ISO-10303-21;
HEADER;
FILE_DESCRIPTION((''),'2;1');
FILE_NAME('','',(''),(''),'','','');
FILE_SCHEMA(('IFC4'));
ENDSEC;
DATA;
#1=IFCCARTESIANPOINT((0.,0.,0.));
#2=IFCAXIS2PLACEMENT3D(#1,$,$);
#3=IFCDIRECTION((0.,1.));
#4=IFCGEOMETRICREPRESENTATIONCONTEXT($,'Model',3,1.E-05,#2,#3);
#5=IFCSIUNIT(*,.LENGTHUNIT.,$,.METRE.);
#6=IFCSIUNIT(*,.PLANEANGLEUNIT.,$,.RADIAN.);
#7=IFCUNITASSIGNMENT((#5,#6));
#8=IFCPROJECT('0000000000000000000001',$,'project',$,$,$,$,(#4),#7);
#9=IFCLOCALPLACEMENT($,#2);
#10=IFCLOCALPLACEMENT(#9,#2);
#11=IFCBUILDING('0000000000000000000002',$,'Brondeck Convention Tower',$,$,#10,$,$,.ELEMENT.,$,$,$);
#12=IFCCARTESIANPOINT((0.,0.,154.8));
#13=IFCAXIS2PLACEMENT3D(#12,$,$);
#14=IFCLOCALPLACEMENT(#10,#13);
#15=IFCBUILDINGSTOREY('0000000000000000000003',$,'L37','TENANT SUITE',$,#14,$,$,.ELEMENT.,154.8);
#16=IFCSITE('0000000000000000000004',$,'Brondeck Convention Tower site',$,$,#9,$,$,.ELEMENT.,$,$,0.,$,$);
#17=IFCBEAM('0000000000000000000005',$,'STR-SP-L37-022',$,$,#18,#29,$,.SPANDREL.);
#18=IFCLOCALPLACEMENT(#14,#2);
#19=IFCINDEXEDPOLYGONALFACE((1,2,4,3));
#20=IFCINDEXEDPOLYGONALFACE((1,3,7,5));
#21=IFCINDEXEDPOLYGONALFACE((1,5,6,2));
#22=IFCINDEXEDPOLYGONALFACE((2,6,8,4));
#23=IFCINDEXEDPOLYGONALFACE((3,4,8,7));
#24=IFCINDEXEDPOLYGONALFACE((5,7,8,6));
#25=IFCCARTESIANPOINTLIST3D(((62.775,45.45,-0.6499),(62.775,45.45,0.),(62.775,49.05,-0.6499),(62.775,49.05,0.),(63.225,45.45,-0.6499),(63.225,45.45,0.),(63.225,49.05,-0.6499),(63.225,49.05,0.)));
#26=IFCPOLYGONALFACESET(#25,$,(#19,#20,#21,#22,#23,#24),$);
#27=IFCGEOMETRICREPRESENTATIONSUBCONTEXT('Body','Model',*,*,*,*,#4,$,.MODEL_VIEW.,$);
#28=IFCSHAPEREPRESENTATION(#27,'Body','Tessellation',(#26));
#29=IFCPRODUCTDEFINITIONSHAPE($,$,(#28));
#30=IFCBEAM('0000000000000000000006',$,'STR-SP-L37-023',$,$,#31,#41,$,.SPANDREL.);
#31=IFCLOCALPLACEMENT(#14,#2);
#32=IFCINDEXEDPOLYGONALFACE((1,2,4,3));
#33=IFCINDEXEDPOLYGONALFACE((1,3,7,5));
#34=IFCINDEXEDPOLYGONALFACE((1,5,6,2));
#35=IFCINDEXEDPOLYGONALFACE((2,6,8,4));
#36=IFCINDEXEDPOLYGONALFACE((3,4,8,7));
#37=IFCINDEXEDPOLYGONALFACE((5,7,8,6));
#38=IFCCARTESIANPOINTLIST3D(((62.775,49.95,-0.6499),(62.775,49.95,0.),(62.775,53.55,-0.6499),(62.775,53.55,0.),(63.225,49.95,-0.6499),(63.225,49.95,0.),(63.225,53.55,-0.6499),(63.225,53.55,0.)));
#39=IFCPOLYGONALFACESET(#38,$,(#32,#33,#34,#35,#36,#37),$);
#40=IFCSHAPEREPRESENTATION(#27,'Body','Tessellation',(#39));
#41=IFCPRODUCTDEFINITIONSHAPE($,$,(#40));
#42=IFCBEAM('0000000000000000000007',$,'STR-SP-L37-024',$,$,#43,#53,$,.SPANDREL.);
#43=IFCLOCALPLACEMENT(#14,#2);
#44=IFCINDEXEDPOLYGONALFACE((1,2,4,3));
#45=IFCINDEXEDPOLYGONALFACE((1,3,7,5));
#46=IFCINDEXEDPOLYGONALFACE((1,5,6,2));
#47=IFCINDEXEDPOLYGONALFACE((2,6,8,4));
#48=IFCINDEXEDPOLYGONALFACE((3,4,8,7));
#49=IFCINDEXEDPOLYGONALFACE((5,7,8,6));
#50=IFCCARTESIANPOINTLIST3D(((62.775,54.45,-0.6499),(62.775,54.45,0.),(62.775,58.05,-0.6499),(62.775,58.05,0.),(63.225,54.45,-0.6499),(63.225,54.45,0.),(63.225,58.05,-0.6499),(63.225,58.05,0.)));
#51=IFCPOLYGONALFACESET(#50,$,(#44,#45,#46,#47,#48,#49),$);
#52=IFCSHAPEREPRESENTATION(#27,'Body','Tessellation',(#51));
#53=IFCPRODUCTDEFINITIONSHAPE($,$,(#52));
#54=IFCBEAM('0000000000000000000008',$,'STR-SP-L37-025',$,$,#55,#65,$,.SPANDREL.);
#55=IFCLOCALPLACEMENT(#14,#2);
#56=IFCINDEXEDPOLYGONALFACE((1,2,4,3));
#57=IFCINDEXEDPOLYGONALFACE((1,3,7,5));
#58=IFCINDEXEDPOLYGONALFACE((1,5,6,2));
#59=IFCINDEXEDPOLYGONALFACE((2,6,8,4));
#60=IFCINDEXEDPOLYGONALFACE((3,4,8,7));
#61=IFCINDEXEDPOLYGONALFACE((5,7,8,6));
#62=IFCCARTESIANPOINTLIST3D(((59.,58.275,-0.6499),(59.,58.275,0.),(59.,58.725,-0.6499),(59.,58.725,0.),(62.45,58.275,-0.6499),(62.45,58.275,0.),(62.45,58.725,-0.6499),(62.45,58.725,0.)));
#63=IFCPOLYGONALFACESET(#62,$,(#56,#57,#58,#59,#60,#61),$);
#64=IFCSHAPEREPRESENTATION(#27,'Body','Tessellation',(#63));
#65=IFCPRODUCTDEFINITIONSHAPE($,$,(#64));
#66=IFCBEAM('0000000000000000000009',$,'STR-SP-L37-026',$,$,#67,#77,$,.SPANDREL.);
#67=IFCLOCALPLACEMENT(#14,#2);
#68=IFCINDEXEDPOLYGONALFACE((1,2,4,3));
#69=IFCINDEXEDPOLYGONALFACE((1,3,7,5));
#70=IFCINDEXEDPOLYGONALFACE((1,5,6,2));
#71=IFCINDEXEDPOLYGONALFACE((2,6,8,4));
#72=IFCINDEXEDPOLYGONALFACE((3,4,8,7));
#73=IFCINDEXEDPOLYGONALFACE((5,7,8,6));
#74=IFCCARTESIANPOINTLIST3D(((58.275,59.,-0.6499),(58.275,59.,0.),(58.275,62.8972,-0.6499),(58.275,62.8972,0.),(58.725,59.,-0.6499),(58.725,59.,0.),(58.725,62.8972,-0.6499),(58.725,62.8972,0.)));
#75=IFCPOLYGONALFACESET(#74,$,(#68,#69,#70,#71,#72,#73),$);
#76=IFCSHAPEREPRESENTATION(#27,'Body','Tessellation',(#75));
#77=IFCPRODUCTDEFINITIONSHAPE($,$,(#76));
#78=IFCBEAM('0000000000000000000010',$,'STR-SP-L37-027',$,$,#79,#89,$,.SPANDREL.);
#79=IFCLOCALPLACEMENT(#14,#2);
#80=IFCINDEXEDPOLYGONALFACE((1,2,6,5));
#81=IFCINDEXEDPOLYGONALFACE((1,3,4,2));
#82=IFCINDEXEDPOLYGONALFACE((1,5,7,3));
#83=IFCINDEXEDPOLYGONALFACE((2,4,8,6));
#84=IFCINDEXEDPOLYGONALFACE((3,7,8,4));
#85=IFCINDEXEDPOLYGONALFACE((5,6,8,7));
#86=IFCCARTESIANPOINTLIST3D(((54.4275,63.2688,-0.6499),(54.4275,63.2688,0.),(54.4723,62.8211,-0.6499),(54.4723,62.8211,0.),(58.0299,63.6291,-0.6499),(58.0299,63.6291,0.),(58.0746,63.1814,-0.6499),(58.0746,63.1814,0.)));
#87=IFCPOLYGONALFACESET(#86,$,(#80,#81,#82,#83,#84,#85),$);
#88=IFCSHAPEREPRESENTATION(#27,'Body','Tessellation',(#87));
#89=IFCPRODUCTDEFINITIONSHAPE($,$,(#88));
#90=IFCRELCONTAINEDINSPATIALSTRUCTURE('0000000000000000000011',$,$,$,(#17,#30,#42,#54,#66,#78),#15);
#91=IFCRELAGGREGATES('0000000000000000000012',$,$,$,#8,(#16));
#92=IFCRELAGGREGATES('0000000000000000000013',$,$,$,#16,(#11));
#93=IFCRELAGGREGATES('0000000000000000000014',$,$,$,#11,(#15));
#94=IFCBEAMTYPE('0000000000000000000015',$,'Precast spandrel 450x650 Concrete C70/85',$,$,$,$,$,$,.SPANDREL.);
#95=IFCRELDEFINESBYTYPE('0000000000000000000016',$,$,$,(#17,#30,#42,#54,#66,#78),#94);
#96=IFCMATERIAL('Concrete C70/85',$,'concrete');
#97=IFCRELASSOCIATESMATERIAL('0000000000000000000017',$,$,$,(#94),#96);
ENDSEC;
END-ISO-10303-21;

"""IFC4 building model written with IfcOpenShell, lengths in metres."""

from ifc_helpers import new_model, si_unit, direction, frame, origin, origin_2d, place, context, subcontext, project, spatial, rectangle, extrude, material, material_profile, profile_set, type_object, element, save


model = new_model("IFC4")

# Units and contexts
model_context = context("Model", 3, precision=1e-05, world=origin(), true_north=direction((0.0, 1.0)))
body_context = subcontext(model_context, "Body", "Model", "MODEL_VIEW")
ifc_project = project(units=[si_unit("LENGTHUNIT", "METRE"), si_unit("PLANEANGLEUNIT", "RADIAN")], contexts=[model_context])

# Site, building, storey
site_placement = place(None, origin())
site = spatial("IfcSite", under=ifc_project, at=site_placement, Name="Brondeck Convention Tower site", CompositionType="ELEMENT", RefElevation=0.0)
building_placement = place(site_placement, origin())
building = spatial("IfcBuilding", under=site, at=building_placement, Name="Brondeck Convention Tower", CompositionType="ELEMENT")
storey_placement = place(building_placement, frame((0.0, 0.0, 154.8)))
storey = spatial("IfcBuildingStorey", under=building, at=storey_placement, Name="L37", Description="TENANT SUITE", CompositionType="ELEMENT", Elevation=154.8)

# Shared definitions
ifc_material_1 = material(Name="Concrete C70/85", Category="concrete")

# Beams
ifc_material_profile_1 = material_profile(ifc_material_1, rectangle(XDim=0.45, YDim=0.6499, at=origin_2d()), Name="Precast spandrel 450x650 Concrete C70/85")
ifc_profile_set_1 = profile_set([ifc_material_profile_1], Name="Concrete C70/85")
beam_type_1 = type_object("IfcBeamType", Name="Precast spandrel 450x650 Concrete C70/85", PredefinedType="SPANDREL", material=ifc_profile_set_1)
for number, where, z_axis, x_axis, name in (
    (1, (63.0, 45.45, -0.325), (0.0, 1.0, 0.0), (-1.0, 0.0, 0.0), "STR-SP-L37-022"),
    (2, (63.0, 49.95, -0.325), (0.0, 1.0, 0.0), (-1.0, 0.0, 0.0), "STR-SP-L37-023"),
    (3, (63.0, 54.45, -0.325), (0.0, 1.0, 0.0), (-1.0, 0.0, 0.0), "STR-SP-L37-024"),
):
    element("IfcBeam", number, at=place(storey_placement, frame(where, z_axis=z_axis, x_axis=x_axis)), inside=storey, type_object=beam_type_1, Name=name, PredefinedType="SPANDREL", context=body_context, shape_type="SweptSolid", body=[
        extrude(rectangle(XDim=0.45, YDim=0.6499, at=origin_2d()), origin(), (0.0, 0.0, 1.0), 3.6001),
    ])
beam_1_placement = place(storey_placement, frame((62.45, 58.5, -0.325), z_axis=(-1.0, 0.0, 0.0), x_axis=(0.0, -1.0, 0.0)))
element("IfcBeam", 4, at=beam_1_placement, inside=storey, type_object=beam_type_1, Name="STR-SP-L37-025", PredefinedType="SPANDREL", context=body_context, shape_type="SweptSolid", body=[
    extrude(rectangle(XDim=0.45, YDim=0.6499, at=origin_2d()), origin(), (0.0, 0.0, 1.0), 3.45),
])
beam_2_placement = place(storey_placement, frame((58.5, 59.0, -0.325), z_axis=(0.0, 1.0, 0.0), x_axis=(-1.0, 0.0, 0.0)))
element("IfcBeam", 5, at=beam_2_placement, inside=storey, type_object=beam_type_1, Name="STR-SP-L37-026", PredefinedType="SPANDREL", context=body_context, shape_type="SweptSolid", body=[
    extrude(rectangle(XDim=0.45, YDim=0.6499, at=origin_2d()), origin(), (0.0, 0.0, 1.0), 3.8972),
])
beam_3_placement = place(storey_placement, frame((58.0522, 63.4053, -0.325), z_axis=(-0.995034, -0.099537, 0.0), x_axis=(0.099537, -0.995034, 0.0)))
element("IfcBeam", 6, at=beam_3_placement, inside=storey, type_object=beam_type_1, Name="STR-SP-L37-027", PredefinedType="SPANDREL", context=body_context, shape_type="SweptSolid", body=[
    extrude(rectangle(XDim=0.45, YDim=0.6499, at=origin_2d()), origin(), (0.0, 0.0, 1.0), 3.6204),
])

save(model, "model.ifc")
